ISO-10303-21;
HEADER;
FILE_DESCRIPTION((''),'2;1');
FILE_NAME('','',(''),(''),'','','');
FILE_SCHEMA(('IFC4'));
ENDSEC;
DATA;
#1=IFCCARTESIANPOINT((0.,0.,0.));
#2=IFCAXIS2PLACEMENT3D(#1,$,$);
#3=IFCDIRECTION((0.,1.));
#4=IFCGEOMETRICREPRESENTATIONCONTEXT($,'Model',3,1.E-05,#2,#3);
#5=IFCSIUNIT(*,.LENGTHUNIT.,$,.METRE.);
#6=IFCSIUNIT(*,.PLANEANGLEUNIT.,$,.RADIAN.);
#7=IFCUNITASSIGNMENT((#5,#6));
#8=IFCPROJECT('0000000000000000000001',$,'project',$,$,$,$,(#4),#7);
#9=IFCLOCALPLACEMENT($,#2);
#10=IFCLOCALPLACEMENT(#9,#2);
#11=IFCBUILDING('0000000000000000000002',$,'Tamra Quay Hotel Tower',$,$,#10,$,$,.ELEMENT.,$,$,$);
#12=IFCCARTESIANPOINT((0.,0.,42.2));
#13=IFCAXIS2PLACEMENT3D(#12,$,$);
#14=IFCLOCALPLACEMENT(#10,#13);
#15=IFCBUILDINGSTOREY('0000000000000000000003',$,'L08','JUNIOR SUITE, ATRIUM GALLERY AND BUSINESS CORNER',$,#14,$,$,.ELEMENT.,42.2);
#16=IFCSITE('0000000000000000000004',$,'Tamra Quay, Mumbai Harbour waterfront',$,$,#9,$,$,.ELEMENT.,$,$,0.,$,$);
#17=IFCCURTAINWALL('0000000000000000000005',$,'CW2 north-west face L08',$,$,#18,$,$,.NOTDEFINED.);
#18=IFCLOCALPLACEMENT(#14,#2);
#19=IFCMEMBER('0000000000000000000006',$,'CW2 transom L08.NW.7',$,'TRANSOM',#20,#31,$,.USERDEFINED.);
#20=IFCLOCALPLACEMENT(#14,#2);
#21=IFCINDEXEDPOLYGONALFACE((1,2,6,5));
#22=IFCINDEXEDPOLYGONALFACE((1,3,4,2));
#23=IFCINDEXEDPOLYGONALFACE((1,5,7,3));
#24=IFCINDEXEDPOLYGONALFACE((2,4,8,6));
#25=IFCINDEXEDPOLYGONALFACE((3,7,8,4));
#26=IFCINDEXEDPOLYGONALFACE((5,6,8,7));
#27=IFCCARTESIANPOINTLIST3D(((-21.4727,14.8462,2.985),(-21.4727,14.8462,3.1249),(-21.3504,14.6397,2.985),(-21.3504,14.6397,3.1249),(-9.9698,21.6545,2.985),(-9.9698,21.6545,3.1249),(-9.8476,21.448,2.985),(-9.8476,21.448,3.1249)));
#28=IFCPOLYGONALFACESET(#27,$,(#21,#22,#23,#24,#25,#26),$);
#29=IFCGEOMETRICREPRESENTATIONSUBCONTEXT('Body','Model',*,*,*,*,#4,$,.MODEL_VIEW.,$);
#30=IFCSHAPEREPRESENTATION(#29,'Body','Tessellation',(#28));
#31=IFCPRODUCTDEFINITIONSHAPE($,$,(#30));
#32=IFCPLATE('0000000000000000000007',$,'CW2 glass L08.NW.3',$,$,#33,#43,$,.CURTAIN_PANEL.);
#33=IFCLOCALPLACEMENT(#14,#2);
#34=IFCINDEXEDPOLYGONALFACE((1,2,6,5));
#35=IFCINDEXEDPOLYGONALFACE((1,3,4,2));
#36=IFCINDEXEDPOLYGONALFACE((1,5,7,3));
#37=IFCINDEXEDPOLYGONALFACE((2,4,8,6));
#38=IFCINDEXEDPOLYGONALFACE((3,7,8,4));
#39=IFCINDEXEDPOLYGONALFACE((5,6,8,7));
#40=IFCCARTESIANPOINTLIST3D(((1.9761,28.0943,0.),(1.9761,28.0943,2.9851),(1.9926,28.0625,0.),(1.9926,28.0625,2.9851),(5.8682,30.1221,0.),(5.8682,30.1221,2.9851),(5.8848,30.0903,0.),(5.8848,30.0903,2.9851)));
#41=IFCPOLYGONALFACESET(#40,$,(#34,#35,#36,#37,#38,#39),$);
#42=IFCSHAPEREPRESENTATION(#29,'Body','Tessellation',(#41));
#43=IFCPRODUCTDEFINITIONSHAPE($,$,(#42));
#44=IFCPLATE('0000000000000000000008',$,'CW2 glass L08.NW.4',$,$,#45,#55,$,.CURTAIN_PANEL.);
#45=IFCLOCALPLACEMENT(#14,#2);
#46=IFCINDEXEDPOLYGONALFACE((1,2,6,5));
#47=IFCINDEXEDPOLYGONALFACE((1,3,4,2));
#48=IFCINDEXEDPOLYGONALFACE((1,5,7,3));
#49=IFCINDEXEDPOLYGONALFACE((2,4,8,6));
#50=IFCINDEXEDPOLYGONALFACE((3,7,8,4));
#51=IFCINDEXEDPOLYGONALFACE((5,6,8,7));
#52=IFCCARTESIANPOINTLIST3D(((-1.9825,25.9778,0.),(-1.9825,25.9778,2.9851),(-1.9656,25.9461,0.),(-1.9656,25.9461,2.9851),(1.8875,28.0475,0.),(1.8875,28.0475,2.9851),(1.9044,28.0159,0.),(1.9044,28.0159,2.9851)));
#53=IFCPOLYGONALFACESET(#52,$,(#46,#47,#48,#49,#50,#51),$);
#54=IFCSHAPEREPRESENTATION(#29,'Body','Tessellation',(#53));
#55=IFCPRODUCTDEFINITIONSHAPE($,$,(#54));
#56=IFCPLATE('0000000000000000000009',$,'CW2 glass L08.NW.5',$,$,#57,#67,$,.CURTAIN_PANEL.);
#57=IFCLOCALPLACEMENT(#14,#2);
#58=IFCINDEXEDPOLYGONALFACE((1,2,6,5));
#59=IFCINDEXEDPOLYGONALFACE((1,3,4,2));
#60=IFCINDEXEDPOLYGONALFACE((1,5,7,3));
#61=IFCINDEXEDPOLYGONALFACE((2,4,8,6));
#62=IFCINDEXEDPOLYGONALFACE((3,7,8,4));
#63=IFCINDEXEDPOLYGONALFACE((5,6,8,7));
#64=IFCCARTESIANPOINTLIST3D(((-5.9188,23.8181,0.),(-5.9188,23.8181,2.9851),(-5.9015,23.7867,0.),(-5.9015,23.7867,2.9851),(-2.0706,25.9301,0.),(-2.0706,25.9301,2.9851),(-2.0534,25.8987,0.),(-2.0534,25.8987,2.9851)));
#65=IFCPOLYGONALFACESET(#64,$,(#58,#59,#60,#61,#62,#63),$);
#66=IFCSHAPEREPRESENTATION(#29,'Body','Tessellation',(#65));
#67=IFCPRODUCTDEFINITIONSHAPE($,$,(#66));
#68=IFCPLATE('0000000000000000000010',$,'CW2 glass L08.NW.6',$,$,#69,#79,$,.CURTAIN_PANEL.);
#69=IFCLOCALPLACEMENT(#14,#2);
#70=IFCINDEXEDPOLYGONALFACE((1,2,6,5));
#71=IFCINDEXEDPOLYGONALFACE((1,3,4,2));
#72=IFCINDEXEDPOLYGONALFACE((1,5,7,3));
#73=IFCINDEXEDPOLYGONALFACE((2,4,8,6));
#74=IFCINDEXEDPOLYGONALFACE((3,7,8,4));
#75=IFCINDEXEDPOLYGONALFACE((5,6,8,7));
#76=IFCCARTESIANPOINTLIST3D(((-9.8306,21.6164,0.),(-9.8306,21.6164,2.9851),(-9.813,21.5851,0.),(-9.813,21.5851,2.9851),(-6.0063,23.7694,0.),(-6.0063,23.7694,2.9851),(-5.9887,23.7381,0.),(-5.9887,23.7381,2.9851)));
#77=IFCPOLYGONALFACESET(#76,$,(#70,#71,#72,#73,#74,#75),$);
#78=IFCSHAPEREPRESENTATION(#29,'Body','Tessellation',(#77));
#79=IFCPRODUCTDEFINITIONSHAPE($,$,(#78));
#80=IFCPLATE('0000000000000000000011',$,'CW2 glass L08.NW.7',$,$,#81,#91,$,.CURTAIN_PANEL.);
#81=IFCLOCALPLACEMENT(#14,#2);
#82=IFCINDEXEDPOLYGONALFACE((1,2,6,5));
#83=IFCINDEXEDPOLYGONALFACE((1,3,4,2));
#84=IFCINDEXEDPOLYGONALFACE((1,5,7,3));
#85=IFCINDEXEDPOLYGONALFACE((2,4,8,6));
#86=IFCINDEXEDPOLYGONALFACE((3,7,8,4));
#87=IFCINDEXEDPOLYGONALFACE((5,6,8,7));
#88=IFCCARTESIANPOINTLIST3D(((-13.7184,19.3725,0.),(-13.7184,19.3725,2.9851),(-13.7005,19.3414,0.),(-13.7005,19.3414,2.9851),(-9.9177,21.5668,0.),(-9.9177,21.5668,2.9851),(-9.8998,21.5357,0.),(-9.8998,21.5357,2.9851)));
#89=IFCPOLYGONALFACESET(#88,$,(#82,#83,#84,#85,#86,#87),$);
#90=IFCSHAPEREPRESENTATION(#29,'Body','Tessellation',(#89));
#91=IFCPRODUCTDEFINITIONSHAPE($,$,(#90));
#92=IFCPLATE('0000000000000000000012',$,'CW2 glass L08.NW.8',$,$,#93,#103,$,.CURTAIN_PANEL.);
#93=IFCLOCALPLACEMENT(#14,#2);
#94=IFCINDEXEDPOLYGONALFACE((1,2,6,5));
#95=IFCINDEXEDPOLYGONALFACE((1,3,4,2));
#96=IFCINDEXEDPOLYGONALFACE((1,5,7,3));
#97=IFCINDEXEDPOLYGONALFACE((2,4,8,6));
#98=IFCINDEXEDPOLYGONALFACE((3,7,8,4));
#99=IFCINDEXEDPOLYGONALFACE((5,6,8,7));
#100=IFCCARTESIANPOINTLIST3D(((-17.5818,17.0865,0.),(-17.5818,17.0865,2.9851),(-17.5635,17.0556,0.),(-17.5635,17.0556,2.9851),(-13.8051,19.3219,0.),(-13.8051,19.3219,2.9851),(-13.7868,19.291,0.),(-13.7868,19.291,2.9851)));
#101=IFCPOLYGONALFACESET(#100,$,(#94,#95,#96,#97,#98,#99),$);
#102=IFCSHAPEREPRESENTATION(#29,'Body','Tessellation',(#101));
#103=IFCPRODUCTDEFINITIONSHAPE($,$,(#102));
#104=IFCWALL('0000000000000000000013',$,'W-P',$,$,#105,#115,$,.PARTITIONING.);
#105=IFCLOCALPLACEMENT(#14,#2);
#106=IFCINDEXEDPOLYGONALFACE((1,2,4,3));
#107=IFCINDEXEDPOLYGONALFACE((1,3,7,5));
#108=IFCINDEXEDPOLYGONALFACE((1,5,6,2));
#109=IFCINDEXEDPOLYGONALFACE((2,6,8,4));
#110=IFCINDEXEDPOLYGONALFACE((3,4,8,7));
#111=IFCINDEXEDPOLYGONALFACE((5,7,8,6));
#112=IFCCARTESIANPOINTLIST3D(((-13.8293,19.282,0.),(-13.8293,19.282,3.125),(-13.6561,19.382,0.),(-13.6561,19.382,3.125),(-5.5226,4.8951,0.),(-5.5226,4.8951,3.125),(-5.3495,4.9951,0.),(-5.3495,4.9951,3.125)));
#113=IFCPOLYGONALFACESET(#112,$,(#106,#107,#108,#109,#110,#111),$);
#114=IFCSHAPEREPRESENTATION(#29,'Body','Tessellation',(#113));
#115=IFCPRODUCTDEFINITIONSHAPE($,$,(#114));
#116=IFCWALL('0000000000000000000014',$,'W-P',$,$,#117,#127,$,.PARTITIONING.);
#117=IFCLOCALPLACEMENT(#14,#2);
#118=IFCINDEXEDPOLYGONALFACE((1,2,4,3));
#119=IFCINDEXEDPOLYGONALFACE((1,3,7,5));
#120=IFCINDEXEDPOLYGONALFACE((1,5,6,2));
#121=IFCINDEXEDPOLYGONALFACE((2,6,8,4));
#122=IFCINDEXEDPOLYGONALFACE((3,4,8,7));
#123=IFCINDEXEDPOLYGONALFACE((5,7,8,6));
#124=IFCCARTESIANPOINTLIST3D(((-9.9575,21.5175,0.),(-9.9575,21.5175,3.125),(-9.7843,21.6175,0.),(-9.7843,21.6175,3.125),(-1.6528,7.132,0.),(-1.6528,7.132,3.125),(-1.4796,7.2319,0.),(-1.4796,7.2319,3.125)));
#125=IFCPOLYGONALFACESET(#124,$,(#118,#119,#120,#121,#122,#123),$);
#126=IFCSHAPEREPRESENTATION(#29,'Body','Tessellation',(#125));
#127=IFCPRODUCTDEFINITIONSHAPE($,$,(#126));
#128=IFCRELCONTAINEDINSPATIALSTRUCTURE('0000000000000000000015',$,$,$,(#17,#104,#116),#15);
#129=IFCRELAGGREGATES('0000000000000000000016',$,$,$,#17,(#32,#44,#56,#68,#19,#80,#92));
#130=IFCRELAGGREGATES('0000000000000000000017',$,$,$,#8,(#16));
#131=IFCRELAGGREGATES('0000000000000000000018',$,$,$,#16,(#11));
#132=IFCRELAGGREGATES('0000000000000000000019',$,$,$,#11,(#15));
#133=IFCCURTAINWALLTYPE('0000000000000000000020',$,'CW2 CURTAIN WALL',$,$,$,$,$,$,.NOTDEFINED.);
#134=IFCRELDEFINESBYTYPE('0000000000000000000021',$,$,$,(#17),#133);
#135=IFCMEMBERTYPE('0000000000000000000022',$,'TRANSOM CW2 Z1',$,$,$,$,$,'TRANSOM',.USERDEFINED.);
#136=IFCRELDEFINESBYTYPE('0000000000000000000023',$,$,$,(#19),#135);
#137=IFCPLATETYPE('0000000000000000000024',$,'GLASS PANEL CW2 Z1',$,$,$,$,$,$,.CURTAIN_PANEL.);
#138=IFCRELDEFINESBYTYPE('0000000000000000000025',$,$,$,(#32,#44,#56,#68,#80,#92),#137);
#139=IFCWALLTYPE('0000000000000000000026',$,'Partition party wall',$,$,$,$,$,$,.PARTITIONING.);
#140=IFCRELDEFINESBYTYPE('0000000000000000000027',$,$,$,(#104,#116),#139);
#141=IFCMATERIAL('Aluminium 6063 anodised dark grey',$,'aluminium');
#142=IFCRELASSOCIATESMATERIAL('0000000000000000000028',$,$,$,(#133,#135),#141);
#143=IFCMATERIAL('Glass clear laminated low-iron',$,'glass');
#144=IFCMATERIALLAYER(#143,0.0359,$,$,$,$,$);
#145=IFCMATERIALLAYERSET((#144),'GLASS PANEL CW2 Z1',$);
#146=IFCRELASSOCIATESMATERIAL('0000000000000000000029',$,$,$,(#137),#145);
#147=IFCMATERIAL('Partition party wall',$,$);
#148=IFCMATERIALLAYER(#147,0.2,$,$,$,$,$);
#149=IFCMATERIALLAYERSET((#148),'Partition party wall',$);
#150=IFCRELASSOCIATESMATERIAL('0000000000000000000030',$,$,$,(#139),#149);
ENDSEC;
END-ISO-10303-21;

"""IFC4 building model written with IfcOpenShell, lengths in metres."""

from ifc_helpers import new_model, si_unit, direction, frame, frame_2d, origin, origin_2d, place, context, subcontext, project, spatial, rectangle, extrude, material, layer, layer_set, material_profile, profile_set, type_object, element, aggregate, save


model = new_model("IFC4")

# Units and contexts
model_context = context("Model", 3, precision=1e-05, world=origin(), true_north=direction((0.0, 1.0)))
body_context = subcontext(model_context, "Body", "Model", "MODEL_VIEW")
ifc_project = project(units=[si_unit("LENGTHUNIT", "METRE"), si_unit("PLANEANGLEUNIT", "RADIAN")], contexts=[model_context])

# Site, building, storey
site_placement = place(None, origin())
site = spatial("IfcSite", under=ifc_project, at=site_placement, Name="Tamra Quay, Mumbai Harbour waterfront", CompositionType="ELEMENT", RefElevation=0.0)
building_placement = place(site_placement, origin())
building = spatial("IfcBuilding", under=site, at=building_placement, Name="Tamra Quay Hotel Tower", CompositionType="ELEMENT")
storey_placement = place(building_placement, frame((0.0, 0.0, 42.2)))
storey = spatial("IfcBuildingStorey", under=building, at=storey_placement, Name="L08", Description="JUNIOR SUITE, ATRIUM GALLERY AND BUSINESS CORNER", CompositionType="ELEMENT", Elevation=42.2)

# Curtain wall
ifc_material_1 = material(Name="Aluminium 6063 anodised dark grey", Category="aluminium")
curtain_wall_type = type_object("IfcCurtainWallType", Name="CW2 CURTAIN WALL", PredefinedType="NOTDEFINED", material=ifc_material_1)
curtain_wall_placement = place(storey_placement, origin())
curtain_wall = element("IfcCurtainWall", 1, at=curtain_wall_placement, inside=storey, type_object=curtain_wall_type, Name="CW2 north-west face L08", PredefinedType="NOTDEFINED")

# Member
ifc_material_profile_1 = material_profile(ifc_material_1, rectangle(XDim=0.24, YDim=0.1399, at=origin_2d()), Name="TRANSOM 240X140")
ifc_profile_set_1 = profile_set([ifc_material_profile_1], Name="Aluminium 6063 anodised dark grey")
member_type_1 = type_object("IfcMemberType", Name="TRANSOM CW2 Z1", ElementType="TRANSOM", PredefinedType="USERDEFINED", material=ifc_profile_set_1)
member_1_placement = place(storey_placement, frame((-9.9087, 21.5513, 3.0549), z_axis=(-0.860561, -0.509348, 0.0), x_axis=(0.509348, -0.860561, 0.0)))
member_1 = element("IfcMember", 2, at=member_1_placement, type_object=member_type_1, Name="CW2 transom L08.NW.7", ObjectType="TRANSOM", PredefinedType="USERDEFINED", context=body_context, shape_type="SweptSolid", body=[
    extrude(rectangle(XDim=0.24, YDim=0.1399, at=origin_2d()), origin(), (0.0, 0.0, 1.0), 13.3667),
])

# Plates
ifc_material_2 = material(Name="Glass clear laminated low-iron", Category="glass")
ifc_layer_1 = layer(ifc_material_2, 0.0359)
ifc_layer_set_1 = layer_set([ifc_layer_1], Name="GLASS PANEL CW2 Z1")
plate_type = type_object("IfcPlateType", Name="GLASS PANEL CW2 Z1", PredefinedType="CURTAIN_PANEL", material=ifc_layer_set_1)
plate_1_placement = place(storey_placement, frame((3.9304, 29.0923, 0.0), z_axis=(0.0, 0.0, 1.0), x_axis=(-0.886857, -0.462045, 0.0)))
plate_1 = element("IfcPlate", 3, at=plate_1_placement, type_object=plate_type, Name="CW2 glass L08.NW.3", PredefinedType="CURTAIN_PANEL", context=body_context, shape_type="SweptSolid", body=[
    extrude(rectangle(XDim=4.3887, YDim=0.0359, at=origin_2d()), origin(), (0.0, 0.0, 1.0), 2.9851),
])
plate_2_placement = place(storey_placement, frame((-0.0391, 26.9968, 0.0), z_axis=(0.0, 0.0, 1.0), x_axis=(-0.881806, -0.471612, 0.0)))
plate_2 = element("IfcPlate", 4, at=plate_2_placement, type_object=plate_type, Name="CW2 glass L08.NW.4", PredefinedType="CURTAIN_PANEL", context=body_context, shape_type="SweptSolid", body=[
    extrude(rectangle(XDim=4.3887, YDim=0.0359, at=origin_2d()), origin(), (0.0, 0.0, 1.0), 2.9851),
])
plate_3_placement = place(storey_placement, frame((-3.9861, 24.8584, 0.0), z_axis=(0.0, 0.0, 1.0), x_axis=(-0.876651, -0.481127, 0.0)))
plate_3 = element("IfcPlate", 5, at=plate_3_placement, type_object=plate_type, Name="CW2 glass L08.NW.5", PredefinedType="CURTAIN_PANEL", context=body_context, shape_type="SweptSolid", body=[
    extrude(rectangle(XDim=4.3896, YDim=0.0359, at=origin_2d()), origin(), (0.0, 0.0, 1.0), 2.9851),
])
plate_4_placement = place(storey_placement, frame((-7.9097, 22.6772, 0.0), z_axis=(0.0, 0.0, 1.0), x_axis=(-0.871393, -0.490586, 0.0)))
plate_4 = element("IfcPlate", 6, at=plate_4_placement, type_object=plate_type, Name="CW2 glass L08.NW.6", PredefinedType="CURTAIN_PANEL", context=body_context, shape_type="SweptSolid", body=[
    extrude(rectangle(XDim=4.3887, YDim=0.0359, at=origin_2d()), origin(), (0.0, 0.0, 1.0), 2.9851),
])
plate_5_placement = place(storey_placement, frame((-11.8091, 20.4541, 0.0), z_axis=(0.0, 0.0, 1.0), x_axis=(-0.866025, -0.5, 0.0)))
plate_5 = element("IfcPlate", 7, at=plate_5_placement, type_object=plate_type, Name="CW2 glass L08.NW.7", PredefinedType="CURTAIN_PANEL", context=body_context, shape_type="SweptSolid", body=[
    extrude(rectangle(XDim=4.3887, YDim=0.0359, at=origin_2d()), origin(), (0.0, 0.0, 1.0), 2.9851),
])
plate_6_placement = place(storey_placement, frame((-15.6843, 18.1887, 0.0), z_axis=(0.0, 0.0, 1.0), x_axis=(-0.860556, -0.509355, 0.0)))
plate_6 = element("IfcPlate", 8, at=plate_6_placement, type_object=plate_type, Name="CW2 glass L08.NW.8", PredefinedType="CURTAIN_PANEL", context=body_context, shape_type="SweptSolid", body=[
    extrude(rectangle(XDim=4.3887, YDim=0.0359, at=origin_2d()), origin(), (0.0, 0.0, 1.0), 2.9851),
])
aggregate(curtain_wall, [plate_1, plate_2, plate_3, plate_4, member_1, plate_5, plate_6])

# Walls
ifc_material_3 = material(Name="Partition party wall")
ifc_layer_2 = layer(ifc_material_3, 0.2)
ifc_layer_set_2 = layer_set([ifc_layer_2], Name="Partition party wall")
wall_type = type_object("IfcWallType", Name="Partition party wall", PredefinedType="PARTITIONING", material=ifc_layer_set_2)
wall_1_placement = place(storey_placement, frame((-13.7427, 19.332, 0.0), z_axis=(0.0, 0.0, 1.0), x_axis=(0.500015, -0.866017, 0.0)))
element("IfcWall", 9, at=wall_1_placement, inside=storey, type_object=wall_type, Name="W-P", PredefinedType="PARTITIONING", context=body_context, shape_type="SweptSolid", body=[
    extrude(rectangle(XDim=16.6128, YDim=0.2, at=frame_2d((8.3064, 0.0))), origin(), (0.0, 0.0, 1.0), 3.125),
])
wall_2_placement = place(storey_placement, frame((-9.8708, 21.5674, 0.0), z_axis=(0.0, 0.0, 1.0), x_axis=(0.499965, -0.866046, 0.0)))
element("IfcWall", 10, at=wall_2_placement, inside=storey, type_object=wall_type, Name="W-P", PredefinedType="PARTITIONING", context=body_context, shape_type="SweptSolid", body=[
    extrude(rectangle(XDim=16.6106, YDim=0.2, at=frame_2d((8.3052, 0.0))), origin(), (0.0, 0.0, 1.0), 3.125),
])

save(model, "model.ifc")
